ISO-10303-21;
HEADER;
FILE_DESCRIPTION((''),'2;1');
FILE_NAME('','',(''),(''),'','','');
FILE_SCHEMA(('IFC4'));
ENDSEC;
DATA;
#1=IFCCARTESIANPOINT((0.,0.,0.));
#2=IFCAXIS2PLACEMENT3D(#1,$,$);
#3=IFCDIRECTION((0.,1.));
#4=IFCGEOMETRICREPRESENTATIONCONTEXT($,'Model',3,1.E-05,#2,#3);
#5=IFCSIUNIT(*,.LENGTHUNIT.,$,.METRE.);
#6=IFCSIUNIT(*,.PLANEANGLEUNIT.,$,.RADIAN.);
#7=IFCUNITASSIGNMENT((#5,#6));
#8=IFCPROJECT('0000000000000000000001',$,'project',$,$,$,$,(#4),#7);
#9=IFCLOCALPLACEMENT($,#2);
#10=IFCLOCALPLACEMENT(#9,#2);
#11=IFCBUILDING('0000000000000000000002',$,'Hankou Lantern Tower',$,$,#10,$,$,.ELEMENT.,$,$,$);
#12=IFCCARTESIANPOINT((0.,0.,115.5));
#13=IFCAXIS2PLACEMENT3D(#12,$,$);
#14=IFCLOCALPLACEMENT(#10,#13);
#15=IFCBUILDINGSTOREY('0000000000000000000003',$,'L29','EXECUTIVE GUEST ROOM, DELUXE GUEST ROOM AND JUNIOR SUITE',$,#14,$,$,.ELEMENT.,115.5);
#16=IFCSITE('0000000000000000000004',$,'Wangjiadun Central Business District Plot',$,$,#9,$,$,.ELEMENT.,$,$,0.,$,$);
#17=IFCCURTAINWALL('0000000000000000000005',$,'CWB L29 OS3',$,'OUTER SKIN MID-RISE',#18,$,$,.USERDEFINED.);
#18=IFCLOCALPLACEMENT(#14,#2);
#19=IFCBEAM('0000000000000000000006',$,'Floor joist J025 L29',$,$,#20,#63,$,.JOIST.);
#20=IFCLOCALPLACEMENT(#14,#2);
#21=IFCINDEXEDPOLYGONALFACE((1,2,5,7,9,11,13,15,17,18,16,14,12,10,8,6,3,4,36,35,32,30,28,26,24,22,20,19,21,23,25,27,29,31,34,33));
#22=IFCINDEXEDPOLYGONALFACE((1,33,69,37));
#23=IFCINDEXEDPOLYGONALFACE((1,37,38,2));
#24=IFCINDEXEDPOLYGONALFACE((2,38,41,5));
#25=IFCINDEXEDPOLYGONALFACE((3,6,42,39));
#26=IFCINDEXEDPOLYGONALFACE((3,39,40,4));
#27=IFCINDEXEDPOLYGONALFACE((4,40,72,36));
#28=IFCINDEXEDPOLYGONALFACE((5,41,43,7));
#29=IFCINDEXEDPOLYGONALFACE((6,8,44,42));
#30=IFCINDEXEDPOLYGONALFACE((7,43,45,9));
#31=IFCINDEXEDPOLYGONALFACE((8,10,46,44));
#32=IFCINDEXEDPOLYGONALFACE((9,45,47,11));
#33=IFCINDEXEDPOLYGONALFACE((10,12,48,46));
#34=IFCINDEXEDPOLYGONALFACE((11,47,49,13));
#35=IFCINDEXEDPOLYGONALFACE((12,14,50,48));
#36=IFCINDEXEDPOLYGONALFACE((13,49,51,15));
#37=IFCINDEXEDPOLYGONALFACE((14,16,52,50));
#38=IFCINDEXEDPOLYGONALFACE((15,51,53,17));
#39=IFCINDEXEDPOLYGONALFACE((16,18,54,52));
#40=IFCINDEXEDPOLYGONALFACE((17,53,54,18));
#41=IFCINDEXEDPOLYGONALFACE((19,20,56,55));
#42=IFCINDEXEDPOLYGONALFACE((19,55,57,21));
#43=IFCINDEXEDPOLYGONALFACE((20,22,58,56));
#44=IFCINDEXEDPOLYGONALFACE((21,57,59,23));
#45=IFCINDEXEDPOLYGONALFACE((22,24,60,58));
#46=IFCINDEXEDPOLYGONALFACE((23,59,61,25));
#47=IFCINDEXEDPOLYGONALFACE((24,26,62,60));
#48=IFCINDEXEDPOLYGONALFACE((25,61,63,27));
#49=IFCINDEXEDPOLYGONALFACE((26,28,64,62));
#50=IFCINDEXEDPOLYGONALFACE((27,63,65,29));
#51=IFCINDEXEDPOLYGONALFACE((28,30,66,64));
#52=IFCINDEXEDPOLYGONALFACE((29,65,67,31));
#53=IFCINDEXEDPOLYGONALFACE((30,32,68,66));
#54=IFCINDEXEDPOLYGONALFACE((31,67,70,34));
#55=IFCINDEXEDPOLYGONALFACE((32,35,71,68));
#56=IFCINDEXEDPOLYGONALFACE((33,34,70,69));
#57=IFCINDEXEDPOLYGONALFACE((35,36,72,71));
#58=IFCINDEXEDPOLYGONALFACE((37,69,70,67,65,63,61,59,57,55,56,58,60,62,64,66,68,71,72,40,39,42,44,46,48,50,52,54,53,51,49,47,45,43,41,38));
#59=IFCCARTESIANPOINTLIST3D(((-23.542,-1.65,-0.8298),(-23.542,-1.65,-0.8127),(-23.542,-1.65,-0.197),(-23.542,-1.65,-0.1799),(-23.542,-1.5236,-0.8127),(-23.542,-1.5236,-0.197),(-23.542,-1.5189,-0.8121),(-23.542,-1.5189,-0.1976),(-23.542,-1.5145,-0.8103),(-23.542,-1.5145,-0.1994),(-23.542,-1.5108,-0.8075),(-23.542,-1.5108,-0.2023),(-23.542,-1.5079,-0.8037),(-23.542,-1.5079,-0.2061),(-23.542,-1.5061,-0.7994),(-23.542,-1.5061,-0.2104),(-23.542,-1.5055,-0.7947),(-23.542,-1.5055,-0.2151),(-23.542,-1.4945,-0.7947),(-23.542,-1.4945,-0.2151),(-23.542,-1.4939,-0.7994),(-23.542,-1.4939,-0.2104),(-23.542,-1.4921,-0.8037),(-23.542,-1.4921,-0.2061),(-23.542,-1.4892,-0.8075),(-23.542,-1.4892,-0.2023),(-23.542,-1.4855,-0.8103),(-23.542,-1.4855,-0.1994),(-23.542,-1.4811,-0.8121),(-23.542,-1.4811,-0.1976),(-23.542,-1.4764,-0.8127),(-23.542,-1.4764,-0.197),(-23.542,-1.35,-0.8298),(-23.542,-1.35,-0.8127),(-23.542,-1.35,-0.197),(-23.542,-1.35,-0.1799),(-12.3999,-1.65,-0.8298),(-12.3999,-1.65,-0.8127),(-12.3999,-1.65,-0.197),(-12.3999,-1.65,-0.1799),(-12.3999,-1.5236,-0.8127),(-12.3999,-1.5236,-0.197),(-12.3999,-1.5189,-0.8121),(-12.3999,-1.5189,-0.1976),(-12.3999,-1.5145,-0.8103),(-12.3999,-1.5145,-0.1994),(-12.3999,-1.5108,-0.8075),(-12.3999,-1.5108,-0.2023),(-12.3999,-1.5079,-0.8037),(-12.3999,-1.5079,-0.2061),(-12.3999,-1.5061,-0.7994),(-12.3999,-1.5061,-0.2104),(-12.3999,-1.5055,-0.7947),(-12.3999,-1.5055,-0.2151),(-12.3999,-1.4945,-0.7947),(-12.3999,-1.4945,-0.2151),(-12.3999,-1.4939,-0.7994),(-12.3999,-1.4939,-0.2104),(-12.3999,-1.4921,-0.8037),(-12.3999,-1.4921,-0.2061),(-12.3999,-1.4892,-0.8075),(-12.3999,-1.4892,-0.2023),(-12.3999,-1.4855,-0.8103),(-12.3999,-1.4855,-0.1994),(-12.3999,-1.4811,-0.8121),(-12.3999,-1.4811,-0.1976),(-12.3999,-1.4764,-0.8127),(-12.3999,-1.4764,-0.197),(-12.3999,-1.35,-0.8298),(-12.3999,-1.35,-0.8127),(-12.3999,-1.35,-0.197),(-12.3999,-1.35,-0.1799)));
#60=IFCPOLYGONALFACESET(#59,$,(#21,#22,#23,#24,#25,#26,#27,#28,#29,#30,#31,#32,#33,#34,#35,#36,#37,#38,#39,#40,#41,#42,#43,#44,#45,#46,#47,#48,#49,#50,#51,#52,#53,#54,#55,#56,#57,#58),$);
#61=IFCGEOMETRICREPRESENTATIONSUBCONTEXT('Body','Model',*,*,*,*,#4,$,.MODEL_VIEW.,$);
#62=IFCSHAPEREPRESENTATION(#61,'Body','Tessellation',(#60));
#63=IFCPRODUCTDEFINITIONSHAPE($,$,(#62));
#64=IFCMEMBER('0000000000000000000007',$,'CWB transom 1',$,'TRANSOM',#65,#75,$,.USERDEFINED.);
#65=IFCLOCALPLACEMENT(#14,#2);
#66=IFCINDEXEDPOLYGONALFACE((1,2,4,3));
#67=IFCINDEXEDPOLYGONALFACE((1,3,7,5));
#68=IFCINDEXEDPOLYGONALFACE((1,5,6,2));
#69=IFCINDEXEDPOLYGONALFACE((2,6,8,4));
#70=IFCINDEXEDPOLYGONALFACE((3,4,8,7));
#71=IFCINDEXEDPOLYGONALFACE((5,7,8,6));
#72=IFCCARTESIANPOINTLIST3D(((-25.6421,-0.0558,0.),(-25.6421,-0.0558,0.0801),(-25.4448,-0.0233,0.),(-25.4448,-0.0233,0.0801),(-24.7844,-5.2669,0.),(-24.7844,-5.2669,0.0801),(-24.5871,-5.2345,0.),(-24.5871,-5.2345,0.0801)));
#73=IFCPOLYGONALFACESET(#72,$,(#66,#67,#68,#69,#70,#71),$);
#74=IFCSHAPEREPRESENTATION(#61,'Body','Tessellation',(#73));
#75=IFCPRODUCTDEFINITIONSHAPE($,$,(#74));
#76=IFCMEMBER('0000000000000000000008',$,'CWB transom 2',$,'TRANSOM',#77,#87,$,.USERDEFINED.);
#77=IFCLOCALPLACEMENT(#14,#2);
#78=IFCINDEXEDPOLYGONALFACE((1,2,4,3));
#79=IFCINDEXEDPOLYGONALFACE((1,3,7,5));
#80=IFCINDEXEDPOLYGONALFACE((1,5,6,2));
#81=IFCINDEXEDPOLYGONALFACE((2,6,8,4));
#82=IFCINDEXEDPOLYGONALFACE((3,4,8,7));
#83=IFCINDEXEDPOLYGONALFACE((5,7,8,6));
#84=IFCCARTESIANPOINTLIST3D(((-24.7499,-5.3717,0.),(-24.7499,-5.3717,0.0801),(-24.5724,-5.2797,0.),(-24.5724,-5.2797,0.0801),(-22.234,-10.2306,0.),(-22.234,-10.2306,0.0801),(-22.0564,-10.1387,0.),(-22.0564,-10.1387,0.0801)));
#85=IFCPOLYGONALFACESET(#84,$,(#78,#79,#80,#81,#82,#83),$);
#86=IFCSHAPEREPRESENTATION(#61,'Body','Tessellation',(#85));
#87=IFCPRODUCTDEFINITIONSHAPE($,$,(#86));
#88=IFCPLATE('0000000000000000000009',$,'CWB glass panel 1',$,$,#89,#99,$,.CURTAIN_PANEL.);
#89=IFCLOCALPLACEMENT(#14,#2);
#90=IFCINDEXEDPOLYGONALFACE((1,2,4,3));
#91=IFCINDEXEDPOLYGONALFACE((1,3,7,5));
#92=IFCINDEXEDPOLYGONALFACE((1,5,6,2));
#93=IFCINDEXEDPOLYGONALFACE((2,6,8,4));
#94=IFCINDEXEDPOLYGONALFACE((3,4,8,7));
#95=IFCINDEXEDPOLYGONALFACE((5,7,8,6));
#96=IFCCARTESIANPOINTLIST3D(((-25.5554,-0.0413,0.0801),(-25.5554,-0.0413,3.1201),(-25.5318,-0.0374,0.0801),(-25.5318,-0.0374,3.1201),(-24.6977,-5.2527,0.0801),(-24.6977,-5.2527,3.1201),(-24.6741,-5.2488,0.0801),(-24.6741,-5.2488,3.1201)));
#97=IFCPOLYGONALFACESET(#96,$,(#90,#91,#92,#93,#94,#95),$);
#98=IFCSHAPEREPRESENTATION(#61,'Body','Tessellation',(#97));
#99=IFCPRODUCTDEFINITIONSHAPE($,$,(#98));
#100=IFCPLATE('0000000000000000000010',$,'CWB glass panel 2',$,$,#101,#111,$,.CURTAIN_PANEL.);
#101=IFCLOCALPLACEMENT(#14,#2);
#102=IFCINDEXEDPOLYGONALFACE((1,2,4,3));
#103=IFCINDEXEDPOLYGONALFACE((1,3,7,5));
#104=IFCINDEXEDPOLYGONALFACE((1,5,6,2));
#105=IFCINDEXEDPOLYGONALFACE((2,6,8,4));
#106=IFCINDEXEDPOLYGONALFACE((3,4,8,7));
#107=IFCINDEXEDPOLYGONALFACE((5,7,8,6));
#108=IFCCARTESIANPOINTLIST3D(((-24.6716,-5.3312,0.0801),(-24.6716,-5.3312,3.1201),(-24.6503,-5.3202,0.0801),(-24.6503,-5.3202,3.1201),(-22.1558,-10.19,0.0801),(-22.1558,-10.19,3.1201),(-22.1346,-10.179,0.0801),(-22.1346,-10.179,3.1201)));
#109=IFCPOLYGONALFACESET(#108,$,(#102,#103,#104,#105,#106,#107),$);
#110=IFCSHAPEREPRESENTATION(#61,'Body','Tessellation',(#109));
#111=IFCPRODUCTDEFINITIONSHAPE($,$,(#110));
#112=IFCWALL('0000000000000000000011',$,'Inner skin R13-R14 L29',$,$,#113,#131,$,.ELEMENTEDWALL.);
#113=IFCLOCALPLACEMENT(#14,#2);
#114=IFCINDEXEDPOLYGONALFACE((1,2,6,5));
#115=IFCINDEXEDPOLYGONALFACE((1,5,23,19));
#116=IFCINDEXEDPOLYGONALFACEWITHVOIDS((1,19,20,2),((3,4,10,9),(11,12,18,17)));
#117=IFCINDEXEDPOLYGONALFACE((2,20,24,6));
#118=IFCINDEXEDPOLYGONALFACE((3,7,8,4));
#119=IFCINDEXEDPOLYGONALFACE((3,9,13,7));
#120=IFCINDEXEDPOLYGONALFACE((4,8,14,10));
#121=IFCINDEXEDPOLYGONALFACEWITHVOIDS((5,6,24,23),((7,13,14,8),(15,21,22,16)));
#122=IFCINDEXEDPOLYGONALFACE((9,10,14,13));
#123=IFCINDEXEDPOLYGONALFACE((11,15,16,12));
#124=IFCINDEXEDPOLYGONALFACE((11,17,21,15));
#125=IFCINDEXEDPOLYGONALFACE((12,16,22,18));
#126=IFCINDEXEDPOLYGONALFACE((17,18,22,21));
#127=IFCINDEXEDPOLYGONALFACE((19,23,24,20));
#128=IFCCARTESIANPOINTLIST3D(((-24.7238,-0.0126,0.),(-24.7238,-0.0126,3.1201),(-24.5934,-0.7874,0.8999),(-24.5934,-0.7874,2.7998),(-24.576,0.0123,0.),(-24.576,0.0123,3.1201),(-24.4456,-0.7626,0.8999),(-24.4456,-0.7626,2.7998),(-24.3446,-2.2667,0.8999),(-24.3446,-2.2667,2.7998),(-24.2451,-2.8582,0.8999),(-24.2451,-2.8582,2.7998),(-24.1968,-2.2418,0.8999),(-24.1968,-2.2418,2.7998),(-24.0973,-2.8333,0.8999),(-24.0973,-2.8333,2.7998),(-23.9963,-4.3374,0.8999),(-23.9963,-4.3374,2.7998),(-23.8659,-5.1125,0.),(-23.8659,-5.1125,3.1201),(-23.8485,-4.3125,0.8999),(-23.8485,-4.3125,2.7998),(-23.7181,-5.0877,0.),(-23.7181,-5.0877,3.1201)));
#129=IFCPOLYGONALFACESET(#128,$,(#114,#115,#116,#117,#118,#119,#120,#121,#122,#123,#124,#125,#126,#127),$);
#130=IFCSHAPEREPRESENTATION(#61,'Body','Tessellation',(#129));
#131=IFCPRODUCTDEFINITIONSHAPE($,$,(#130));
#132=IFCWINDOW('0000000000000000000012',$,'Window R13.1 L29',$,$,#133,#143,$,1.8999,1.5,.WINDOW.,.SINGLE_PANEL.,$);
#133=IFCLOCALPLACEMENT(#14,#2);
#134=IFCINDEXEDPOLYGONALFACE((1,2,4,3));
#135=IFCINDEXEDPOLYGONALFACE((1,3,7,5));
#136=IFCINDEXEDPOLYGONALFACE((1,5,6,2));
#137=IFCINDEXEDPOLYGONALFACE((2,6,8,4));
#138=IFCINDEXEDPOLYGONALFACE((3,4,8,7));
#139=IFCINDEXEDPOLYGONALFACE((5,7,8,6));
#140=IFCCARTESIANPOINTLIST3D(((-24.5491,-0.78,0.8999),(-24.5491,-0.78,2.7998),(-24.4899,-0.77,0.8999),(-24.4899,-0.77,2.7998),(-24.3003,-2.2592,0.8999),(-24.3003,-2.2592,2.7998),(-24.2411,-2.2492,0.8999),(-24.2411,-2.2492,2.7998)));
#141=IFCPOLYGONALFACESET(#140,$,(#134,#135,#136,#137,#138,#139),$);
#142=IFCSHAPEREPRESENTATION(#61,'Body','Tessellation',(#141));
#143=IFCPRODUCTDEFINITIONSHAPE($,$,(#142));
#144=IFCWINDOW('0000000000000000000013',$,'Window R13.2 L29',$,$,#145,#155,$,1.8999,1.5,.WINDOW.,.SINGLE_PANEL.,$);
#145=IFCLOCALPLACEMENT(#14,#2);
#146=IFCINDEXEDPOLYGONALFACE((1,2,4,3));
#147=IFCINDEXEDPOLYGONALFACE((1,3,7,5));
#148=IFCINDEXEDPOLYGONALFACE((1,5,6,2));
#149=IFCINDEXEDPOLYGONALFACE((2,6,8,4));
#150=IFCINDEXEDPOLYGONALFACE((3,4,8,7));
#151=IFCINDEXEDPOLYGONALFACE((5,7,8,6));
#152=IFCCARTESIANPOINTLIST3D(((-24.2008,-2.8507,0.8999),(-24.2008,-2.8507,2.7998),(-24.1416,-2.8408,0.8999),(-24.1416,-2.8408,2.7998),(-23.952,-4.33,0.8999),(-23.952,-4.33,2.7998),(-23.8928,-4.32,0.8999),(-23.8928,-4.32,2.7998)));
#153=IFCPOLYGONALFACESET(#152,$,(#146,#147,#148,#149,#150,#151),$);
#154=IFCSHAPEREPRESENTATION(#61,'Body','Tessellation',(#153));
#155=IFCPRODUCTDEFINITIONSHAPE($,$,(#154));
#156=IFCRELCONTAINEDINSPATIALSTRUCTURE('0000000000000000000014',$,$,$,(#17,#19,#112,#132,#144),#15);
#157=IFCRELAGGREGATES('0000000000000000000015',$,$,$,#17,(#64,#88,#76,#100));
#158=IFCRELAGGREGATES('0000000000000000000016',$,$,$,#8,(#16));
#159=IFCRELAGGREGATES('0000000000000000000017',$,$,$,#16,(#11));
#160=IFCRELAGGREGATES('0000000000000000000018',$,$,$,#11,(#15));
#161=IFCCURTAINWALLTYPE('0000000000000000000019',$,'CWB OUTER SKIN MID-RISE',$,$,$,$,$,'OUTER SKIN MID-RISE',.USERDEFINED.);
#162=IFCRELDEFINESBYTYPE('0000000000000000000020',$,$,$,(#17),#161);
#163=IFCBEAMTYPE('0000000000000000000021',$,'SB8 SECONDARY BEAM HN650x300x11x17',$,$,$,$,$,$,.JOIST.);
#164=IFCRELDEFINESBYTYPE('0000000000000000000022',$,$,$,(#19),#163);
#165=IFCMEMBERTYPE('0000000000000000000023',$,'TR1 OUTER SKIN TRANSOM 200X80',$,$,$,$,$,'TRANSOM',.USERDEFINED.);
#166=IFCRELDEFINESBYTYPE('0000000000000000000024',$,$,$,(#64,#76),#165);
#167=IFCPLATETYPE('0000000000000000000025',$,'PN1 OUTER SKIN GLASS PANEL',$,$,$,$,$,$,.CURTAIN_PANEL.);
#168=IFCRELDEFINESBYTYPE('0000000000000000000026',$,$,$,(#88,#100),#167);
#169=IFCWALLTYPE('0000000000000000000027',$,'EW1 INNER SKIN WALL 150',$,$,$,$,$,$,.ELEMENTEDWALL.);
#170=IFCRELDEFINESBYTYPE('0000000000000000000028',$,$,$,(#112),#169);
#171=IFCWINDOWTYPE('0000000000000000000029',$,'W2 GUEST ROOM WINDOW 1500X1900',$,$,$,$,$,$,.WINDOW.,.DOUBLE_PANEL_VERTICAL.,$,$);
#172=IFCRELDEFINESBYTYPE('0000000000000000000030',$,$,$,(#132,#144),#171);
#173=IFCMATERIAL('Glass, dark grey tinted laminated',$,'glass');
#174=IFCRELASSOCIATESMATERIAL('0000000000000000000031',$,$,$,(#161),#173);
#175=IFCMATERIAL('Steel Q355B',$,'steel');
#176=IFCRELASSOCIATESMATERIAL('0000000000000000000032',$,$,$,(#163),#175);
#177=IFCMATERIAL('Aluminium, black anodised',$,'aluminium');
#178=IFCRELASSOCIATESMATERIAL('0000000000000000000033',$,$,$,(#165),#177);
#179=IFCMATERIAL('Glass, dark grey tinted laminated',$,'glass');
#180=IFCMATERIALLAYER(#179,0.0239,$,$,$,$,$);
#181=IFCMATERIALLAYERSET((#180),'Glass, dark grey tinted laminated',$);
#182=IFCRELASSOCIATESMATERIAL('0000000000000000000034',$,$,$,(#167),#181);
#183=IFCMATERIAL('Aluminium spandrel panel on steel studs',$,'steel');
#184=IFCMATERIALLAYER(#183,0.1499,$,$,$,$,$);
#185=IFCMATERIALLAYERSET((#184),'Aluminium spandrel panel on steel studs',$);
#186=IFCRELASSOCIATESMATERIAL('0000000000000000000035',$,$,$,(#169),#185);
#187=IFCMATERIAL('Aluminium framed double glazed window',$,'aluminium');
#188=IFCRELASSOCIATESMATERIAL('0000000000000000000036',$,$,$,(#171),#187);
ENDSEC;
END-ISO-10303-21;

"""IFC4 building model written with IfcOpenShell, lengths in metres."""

from ifc_helpers import new_model, si_unit, direction, frame, frame_2d, origin, origin_2d, place, context, subcontext, project, spatial, rectangle, i_section, extrude, material, layer, layer_set, material_profile, profile_set, type_object, element, fill, aggregate, save


model = new_model("IFC4")

# Units and contexts
model_context = context("Model", 3, precision=1e-05, world=origin(), true_north=direction((0.0, 1.0)))
body_context = subcontext(model_context, "Body", "Model", "MODEL_VIEW")
ifc_project = project(units=[si_unit("LENGTHUNIT", "METRE"), si_unit("PLANEANGLEUNIT", "RADIAN")], contexts=[model_context])

# Site, building, storey
site_placement = place(None, origin())
site = spatial("IfcSite", under=ifc_project, at=site_placement, Name="Wangjiadun Central Business District Plot", CompositionType="ELEMENT", RefElevation=0.0)
building_placement = place(site_placement, origin())
building = spatial("IfcBuilding", under=site, at=building_placement, Name="Hankou Lantern Tower", CompositionType="ELEMENT")
storey_placement = place(building_placement, frame((0.0, 0.0, 115.5)))
storey = spatial("IfcBuildingStorey", under=building, at=storey_placement, Name="L29", Description="EXECUTIVE GUEST ROOM, DELUXE GUEST ROOM AND JUNIOR SUITE", CompositionType="ELEMENT", Elevation=115.5)

# Curtain wall
ifc_material_1 = material(Name="Glass, dark grey tinted laminated", Category="glass")
curtain_wall_type = type_object("IfcCurtainWallType", Name="CWB OUTER SKIN MID-RISE", ElementType="OUTER SKIN MID-RISE", PredefinedType="USERDEFINED", material=ifc_material_1)
curtain_wall_placement = place(storey_placement, origin())
curtain_wall = element("IfcCurtainWall", 1, at=curtain_wall_placement, inside=storey, type_object=curtain_wall_type, Name="CWB L29 OS3", ObjectType="OUTER SKIN MID-RISE", PredefinedType="USERDEFINED")

# Beam
ifc_material_2 = material(Name="Steel Q355B", Category="steel")
ifc_material_profile_1 = material_profile(ifc_material_2, i_section(OverallWidth=0.3, OverallDepth=0.6499, WebThickness=0.011, FlangeThickness=0.0171, FilletRadius=0.0181, at=origin_2d()), Name="HN650x300x11x17")
ifc_profile_set_1 = profile_set([ifc_material_profile_1], Name="Steel Q355B")
beam_type_1 = type_object("IfcBeamType", Name="SB8 SECONDARY BEAM HN650x300x11x17", PredefinedType="JOIST", material=ifc_profile_set_1)
beam_1_placement = place(storey_placement, frame((-23.542, -1.5, -0.5049), z_axis=(1.0, 0.0, 0.0), x_axis=(0.0, 1.0, 0.0)))
element("IfcBeam", 2, at=beam_1_placement, inside=storey, type_object=beam_type_1, Name="Floor joist J025 L29", PredefinedType="JOIST", context=body_context, shape_type="SweptSolid", body=[
    extrude(i_section(OverallWidth=0.3, OverallDepth=0.6499, WebThickness=0.011, FlangeThickness=0.0171, FilletRadius=0.0181, at=origin_2d()), origin(), (0.0, 0.0, 1.0), 11.1421),
])

# Members
ifc_material_3 = material(Name="Aluminium, black anodised", Category="aluminium")
ifc_material_profile_2 = material_profile(ifc_material_3, rectangle(XDim=0.2, YDim=0.0801, at=origin_2d()), Name="TR1 200X80")
ifc_profile_set_2 = profile_set([ifc_material_profile_2], Name="Aluminium, black anodised")
member_type_1 = type_object("IfcMemberType", Name="TR1 OUTER SKIN TRANSOM 200X80", ElementType="TRANSOM", PredefinedType="USERDEFINED", material=ifc_profile_set_2)
member_1_placement = place(storey_placement, frame((-25.5435, -0.0396, 0.04), z_axis=(0.162397, -0.986725, 0.0), x_axis=(0.986725, 0.162397, 0.0)))
member_1 = element("IfcMember", 3, at=member_1_placement, type_object=member_type_1, Name="CWB transom 1", ObjectType="TRANSOM", PredefinedType="USERDEFINED", context=body_context, shape_type="SweptSolid", body=[
    extrude(rectangle(XDim=0.2, YDim=0.0801, at=origin_2d()), origin(), (0.0, 0.0, 1.0), 5.2812),
])
member_2_placement = place(storey_placement, frame((-24.6611, -5.3257, 0.04), z_axis=(0.459805, -0.88802, 0.0), x_axis=(0.88802, 0.459805, 0.0)))
member_2 = element("IfcMember", 4, at=member_2_placement, type_object=member_type_1, Name="CWB transom 2", ObjectType="TRANSOM", PredefinedType="USERDEFINED", context=body_context, shape_type="SweptSolid", body=[
    extrude(rectangle(XDim=0.2, YDim=0.0801, at=origin_2d()), origin(), (0.0, 0.0, 1.0), 5.4717),
])

# Plates
ifc_material_4 = material(Name="Glass, dark grey tinted laminated", Category="glass")
ifc_layer_1 = layer(ifc_material_4, 0.0239)
ifc_layer_set_1 = layer_set([ifc_layer_1], Name="Glass, dark grey tinted laminated")
plate_type = type_object("IfcPlateType", Name="PN1 OUTER SKIN GLASS PANEL", PredefinedType="CURTAIN_PANEL", material=ifc_layer_set_1)
plate_1_placement = place(storey_placement, frame((-25.1147, -2.645, 0.0801), z_axis=(0.0, 0.0, 1.0), x_axis=(0.162382, -0.986728, 0.0)))
plate_1 = element("IfcPlate", 5, at=plate_1_placement, type_object=plate_type, Name="CWB glass panel 1", PredefinedType="CURTAIN_PANEL", context=body_context, shape_type="SweptSolid", body=[
    extrude(rectangle(XDim=5.2815, YDim=0.0239, at=origin_2d()), origin(), (0.0, 0.0, 1.0), 3.04),
])
plate_2_placement = place(storey_placement, frame((-23.4031, -7.7551, 0.0801), z_axis=(0.0, 0.0, 1.0), x_axis=(0.459791, -0.888027, 0.0)))
plate_2 = element("IfcPlate", 6, at=plate_2_placement, type_object=plate_type, Name="CWB glass panel 2", PredefinedType="CURTAIN_PANEL", context=body_context, shape_type="SweptSolid", body=[
    extrude(rectangle(XDim=5.4714, YDim=0.0239, at=origin_2d()), origin(), (0.0, 0.0, 1.0), 3.04),
])
aggregate(curtain_wall, [member_1, plate_1, member_2, plate_2])

# Wall, openings, windows
ifc_material_5 = material(Name="Aluminium spandrel panel on steel studs", Category="steel")
ifc_layer_2 = layer(ifc_material_5, 0.1499)
ifc_layer_set_2 = layer_set([ifc_layer_2], Name="Aluminium spandrel panel on steel studs")
wall_type_1 = type_object("IfcWallType", Name="EW1 INNER SKIN WALL 150", PredefinedType="ELEMENTEDWALL", material=ifc_layer_set_2)
wall_1_placement = place(storey_placement, frame((-24.6499, 0.0, 0.0), z_axis=(0.0, 0.0, 1.0), x_axis=(0.165884, -0.986145, 0.0)))
wall_1 = element("IfcWall", 7, at=wall_1_placement, inside=storey, type_object=wall_type_1, Name="Inner skin R13-R14 L29", PredefinedType="ELEMENTEDWALL", context=body_context, shape_type="SweptSolid", body=[
    extrude(rectangle(XDim=5.1716, YDim=0.1499, at=frame_2d((2.5859, 0.0))), origin(), (0.0, 0.0, 1.0), 3.1201),
])
opening_1_placement = place(wall_1_placement, frame((0.7859, 0.0, 0.8999)))
opening_1 = element("IfcOpeningElement", 8, at=opening_1_placement, cuts=wall_1, PredefinedType="OPENING", context=body_context, shape_type="SweptSolid", body=[
    extrude(rectangle(XDim=1.5, YDim=1.8999, at=frame_2d((0.75, 0.95))), frame((0.0, 0.085, 0.0), z_axis=(0.0, -1.0, 0.0), x_axis=(1.0, 0.0, 0.0)), (0.0, 0.0, 1.0), 0.1699),
])
opening_2_placement = place(wall_1_placement, frame((2.8857, 0.0, 0.8999)))
opening_2 = element("IfcOpeningElement", 9, at=opening_2_placement, cuts=wall_1, PredefinedType="OPENING", context=body_context, shape_type="SweptSolid", body=[
    extrude(rectangle(XDim=1.5, YDim=1.8999, at=frame_2d((0.75, 0.95))), frame((0.0, 0.085, 0.0), z_axis=(0.0, -1.0, 0.0), x_axis=(1.0, 0.0, 0.0)), (0.0, 0.0, 1.0), 0.1699),
])
ifc_material_6 = material(Name="Aluminium framed double glazed window", Category="aluminium")
window_type = type_object("IfcWindowType", Name="W2 GUEST ROOM WINDOW 1500X1900", PartitioningType="DOUBLE_PANEL_VERTICAL", PredefinedType="WINDOW", material=ifc_material_6)
window_1_placement = place(opening_1_placement, origin())
window_1 = element("IfcWindow", 10, at=window_1_placement, inside=storey, type_object=window_type, Name="Window R13.1 L29", OverallHeight=1.8999, OverallWidth=1.5, PartitioningType="SINGLE_PANEL", PredefinedType="WINDOW", context=body_context, shape_type="SweptSolid", body=[
    extrude(rectangle(XDim=1.5, YDim=1.8999, at=frame_2d((0.75, 0.95))), frame((0.0, 0.03, 0.0), z_axis=(0.0, -1.0, 0.0), x_axis=(1.0, 0.0, 0.0)), (0.0, 0.0, 1.0), 0.0601),
])
fill(opening_1, window_1)
window_2_placement = place(opening_2_placement, origin())
window_2 = element("IfcWindow", 11, at=window_2_placement, inside=storey, type_object=window_type, Name="Window R13.2 L29", OverallHeight=1.8999, OverallWidth=1.5, PartitioningType="SINGLE_PANEL", PredefinedType="WINDOW", context=body_context, shape_type="SweptSolid", body=[
    extrude(rectangle(XDim=1.5, YDim=1.8999, at=frame_2d((0.75, 0.95))), frame((0.0, 0.03, 0.0), z_axis=(0.0, -1.0, 0.0), x_axis=(1.0, 0.0, 0.0)), (0.0, 0.0, 1.0), 0.0601),
])
fill(opening_2, window_2)

save(model, "model.ifc")
